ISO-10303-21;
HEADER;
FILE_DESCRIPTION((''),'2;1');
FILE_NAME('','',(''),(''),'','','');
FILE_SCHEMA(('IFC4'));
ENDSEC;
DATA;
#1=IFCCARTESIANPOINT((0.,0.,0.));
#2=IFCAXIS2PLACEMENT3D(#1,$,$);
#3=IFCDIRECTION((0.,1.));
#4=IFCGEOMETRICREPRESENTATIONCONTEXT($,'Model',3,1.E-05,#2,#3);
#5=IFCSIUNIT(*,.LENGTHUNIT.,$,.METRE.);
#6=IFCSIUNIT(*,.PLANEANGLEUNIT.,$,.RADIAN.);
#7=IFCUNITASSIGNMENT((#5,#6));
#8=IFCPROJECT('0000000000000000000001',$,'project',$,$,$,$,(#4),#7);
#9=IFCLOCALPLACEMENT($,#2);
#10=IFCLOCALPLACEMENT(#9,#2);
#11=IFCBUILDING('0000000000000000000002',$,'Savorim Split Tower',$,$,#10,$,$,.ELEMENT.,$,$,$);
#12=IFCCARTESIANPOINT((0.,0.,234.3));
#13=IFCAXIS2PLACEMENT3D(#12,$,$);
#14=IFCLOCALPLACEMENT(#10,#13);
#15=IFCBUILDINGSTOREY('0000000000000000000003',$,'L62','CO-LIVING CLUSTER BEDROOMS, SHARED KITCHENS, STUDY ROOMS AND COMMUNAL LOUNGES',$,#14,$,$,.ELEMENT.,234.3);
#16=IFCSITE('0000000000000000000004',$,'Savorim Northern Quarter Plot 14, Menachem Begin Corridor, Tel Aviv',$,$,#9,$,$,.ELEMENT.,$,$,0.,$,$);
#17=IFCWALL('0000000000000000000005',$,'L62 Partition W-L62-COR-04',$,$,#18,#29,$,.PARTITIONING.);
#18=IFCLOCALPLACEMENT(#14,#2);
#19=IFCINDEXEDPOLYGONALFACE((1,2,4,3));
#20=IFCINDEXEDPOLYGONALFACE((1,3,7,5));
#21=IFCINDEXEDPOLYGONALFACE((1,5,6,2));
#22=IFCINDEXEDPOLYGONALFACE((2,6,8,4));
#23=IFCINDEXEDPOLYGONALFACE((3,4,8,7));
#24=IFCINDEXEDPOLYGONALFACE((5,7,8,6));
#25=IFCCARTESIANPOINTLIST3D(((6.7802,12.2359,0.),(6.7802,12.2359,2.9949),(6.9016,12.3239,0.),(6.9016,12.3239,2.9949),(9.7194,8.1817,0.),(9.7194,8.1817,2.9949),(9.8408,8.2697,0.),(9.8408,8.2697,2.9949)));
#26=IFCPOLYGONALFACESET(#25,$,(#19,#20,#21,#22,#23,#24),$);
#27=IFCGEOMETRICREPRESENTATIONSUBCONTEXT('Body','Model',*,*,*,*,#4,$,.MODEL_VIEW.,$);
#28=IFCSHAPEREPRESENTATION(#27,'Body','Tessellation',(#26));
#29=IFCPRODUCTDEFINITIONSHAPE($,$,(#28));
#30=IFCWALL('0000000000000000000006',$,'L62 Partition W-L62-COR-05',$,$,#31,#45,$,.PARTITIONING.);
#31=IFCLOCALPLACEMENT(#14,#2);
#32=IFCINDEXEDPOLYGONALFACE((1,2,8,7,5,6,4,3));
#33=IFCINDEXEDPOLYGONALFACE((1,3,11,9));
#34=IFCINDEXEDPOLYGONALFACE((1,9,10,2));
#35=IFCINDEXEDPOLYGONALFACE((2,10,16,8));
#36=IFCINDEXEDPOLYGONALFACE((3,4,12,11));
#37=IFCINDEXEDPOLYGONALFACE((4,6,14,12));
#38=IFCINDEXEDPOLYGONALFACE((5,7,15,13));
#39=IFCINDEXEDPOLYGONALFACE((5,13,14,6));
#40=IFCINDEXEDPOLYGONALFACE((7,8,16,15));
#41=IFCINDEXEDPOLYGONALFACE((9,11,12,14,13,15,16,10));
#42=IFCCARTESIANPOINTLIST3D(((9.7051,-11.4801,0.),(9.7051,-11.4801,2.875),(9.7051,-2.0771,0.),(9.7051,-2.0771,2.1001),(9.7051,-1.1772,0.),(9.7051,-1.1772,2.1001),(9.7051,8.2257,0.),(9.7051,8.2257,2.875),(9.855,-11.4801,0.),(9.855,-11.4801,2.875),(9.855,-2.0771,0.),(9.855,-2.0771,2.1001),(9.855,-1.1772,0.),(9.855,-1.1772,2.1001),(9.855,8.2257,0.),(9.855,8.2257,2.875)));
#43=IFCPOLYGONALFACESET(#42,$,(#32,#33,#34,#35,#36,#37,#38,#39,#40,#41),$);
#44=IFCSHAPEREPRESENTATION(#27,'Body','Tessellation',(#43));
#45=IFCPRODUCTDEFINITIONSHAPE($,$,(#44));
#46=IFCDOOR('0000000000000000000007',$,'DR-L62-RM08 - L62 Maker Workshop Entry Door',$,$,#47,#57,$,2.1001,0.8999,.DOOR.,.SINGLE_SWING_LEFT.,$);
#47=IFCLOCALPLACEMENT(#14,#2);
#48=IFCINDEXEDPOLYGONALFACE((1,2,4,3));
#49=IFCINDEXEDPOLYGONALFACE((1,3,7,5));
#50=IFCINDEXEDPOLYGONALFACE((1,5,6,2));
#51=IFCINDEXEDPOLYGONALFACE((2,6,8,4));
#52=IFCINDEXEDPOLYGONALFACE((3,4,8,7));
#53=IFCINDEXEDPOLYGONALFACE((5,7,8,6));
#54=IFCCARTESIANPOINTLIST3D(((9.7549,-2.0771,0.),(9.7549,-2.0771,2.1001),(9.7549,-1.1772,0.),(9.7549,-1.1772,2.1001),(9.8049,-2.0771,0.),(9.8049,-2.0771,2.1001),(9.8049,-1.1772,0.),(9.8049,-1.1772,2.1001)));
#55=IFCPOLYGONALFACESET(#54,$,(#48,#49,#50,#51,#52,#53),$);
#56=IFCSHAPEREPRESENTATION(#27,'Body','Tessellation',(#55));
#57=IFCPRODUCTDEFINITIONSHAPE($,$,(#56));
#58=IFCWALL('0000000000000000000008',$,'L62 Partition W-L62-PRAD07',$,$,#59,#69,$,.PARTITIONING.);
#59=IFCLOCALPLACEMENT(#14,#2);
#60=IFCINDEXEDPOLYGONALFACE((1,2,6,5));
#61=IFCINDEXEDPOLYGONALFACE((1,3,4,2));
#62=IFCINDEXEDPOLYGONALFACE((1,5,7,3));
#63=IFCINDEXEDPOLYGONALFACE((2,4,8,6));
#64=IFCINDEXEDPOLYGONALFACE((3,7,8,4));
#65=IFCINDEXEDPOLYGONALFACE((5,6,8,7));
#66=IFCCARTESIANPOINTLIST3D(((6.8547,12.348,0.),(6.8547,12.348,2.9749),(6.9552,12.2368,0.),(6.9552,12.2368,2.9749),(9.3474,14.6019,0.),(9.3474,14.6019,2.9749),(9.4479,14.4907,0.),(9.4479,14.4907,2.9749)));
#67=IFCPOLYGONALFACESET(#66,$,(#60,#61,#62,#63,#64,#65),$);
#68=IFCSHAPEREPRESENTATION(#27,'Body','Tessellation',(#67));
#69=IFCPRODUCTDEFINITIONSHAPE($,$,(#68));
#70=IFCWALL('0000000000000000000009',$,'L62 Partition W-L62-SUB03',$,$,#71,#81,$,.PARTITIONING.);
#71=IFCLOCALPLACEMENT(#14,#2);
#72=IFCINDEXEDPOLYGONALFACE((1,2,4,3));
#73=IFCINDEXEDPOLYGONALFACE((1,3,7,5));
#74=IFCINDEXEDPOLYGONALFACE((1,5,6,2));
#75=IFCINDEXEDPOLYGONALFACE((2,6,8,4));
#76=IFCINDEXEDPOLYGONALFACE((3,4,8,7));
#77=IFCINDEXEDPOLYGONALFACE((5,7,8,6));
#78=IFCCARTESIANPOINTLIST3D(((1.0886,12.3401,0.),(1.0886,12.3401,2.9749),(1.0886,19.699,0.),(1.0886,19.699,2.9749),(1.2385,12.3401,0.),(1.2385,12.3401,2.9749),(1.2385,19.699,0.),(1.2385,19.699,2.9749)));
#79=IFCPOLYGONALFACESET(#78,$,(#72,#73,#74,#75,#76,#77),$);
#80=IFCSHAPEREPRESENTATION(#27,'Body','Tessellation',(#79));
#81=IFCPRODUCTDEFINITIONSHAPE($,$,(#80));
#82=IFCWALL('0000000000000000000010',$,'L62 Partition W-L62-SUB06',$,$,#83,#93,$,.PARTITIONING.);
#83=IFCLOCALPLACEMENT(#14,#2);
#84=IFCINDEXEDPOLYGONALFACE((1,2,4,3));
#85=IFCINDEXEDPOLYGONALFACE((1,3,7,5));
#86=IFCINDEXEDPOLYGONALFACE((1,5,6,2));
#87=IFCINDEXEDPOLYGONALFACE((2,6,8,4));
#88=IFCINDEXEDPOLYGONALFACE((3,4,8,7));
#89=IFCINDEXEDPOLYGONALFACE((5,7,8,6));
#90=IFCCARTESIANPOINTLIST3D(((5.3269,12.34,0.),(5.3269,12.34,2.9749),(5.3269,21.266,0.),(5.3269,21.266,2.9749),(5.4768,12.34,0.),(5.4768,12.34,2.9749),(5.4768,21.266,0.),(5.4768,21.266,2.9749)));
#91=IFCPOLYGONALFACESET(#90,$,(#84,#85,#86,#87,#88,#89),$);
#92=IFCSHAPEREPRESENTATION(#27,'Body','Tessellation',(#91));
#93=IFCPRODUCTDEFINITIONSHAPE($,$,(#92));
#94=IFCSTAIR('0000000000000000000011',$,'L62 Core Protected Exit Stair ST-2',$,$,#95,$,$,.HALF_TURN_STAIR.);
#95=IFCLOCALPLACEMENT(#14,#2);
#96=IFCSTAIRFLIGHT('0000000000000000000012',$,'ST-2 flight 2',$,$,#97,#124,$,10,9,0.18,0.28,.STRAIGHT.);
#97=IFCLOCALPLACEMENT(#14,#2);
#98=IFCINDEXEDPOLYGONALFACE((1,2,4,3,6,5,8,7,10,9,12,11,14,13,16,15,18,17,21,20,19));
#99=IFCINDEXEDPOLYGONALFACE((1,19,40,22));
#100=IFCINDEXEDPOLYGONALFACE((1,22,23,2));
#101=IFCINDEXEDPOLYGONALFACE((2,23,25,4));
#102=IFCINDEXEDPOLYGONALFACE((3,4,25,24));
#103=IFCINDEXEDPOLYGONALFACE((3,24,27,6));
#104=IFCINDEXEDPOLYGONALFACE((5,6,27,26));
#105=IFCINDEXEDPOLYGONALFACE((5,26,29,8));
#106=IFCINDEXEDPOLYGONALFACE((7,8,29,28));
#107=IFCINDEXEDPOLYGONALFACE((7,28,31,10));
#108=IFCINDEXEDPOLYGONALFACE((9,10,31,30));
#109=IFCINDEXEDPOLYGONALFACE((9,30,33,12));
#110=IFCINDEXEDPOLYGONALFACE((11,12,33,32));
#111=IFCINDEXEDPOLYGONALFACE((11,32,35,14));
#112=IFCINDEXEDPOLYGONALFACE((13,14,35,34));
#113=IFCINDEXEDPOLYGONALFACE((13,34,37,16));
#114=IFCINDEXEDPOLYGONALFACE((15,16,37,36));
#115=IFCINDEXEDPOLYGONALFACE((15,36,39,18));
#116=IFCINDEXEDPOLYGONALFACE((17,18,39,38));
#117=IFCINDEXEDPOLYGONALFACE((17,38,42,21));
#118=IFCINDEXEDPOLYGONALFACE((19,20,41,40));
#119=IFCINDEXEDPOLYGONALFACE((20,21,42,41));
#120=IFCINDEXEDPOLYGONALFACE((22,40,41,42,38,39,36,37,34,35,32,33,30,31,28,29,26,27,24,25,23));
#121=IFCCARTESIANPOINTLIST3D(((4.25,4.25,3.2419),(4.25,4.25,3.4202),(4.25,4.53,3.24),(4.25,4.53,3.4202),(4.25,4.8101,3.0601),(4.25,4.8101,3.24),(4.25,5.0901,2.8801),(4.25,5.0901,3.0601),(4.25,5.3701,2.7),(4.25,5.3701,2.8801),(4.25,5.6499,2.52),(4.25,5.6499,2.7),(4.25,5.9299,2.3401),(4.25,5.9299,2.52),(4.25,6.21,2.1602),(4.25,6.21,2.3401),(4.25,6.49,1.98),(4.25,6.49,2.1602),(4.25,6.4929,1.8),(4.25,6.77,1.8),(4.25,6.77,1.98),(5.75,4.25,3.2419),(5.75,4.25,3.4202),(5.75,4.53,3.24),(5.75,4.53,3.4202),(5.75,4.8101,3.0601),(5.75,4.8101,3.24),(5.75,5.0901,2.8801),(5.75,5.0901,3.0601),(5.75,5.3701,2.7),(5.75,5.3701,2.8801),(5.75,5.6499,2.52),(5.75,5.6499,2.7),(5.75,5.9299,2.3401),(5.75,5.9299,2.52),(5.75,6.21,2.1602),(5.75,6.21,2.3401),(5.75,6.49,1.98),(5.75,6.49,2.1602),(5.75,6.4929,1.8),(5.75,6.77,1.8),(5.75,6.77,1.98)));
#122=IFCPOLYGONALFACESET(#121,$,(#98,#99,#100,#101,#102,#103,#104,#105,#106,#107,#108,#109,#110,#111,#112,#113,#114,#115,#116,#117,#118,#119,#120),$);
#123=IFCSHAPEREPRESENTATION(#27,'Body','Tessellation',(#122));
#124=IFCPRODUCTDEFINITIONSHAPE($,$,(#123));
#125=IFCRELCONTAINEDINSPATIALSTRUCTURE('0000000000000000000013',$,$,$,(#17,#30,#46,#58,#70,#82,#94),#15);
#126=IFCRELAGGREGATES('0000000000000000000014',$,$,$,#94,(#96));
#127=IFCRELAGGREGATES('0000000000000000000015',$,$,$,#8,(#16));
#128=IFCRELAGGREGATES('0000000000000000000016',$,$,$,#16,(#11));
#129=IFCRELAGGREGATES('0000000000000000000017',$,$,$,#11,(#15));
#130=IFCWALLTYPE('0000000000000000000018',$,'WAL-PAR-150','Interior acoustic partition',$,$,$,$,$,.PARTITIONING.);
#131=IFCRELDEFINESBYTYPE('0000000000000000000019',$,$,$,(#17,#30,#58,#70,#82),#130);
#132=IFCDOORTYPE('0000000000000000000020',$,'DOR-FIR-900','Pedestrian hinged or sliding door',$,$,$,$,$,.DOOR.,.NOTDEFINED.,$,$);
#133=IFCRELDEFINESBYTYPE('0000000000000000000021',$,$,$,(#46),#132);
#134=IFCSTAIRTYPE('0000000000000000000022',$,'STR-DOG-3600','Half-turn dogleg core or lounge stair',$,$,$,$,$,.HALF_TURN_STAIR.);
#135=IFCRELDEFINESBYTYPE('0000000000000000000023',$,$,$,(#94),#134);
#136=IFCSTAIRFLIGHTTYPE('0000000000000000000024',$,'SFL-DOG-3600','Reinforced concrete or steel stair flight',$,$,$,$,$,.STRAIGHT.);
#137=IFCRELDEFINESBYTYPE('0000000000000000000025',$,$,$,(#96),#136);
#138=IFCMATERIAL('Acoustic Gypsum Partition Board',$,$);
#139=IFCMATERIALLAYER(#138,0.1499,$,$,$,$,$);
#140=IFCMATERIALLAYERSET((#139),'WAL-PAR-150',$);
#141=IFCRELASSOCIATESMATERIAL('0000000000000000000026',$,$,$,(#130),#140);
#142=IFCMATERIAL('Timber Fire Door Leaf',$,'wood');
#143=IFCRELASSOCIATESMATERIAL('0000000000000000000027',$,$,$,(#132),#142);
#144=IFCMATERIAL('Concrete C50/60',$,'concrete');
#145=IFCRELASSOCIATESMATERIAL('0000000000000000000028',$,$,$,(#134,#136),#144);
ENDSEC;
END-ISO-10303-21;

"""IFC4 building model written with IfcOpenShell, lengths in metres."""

from ifc_helpers import new_model, si_unit, direction, frame, frame_2d, origin, place, context, subcontext, project, spatial, polyline, rectangle, outline, extrude, material, layer, layer_set, type_object, element, fill, aggregate, save


model = new_model("IFC4")

# Units and contexts
model_context = context("Model", 3, precision=1e-05, world=origin(), true_north=direction((0.0, 1.0)))
body_context = subcontext(model_context, "Body", "Model", "MODEL_VIEW")
ifc_project = project(units=[si_unit("LENGTHUNIT", "METRE"), si_unit("PLANEANGLEUNIT", "RADIAN")], contexts=[model_context])

# Site, building, storey
site_placement = place(None, origin())
site = spatial("IfcSite", under=ifc_project, at=site_placement, Name="Savorim Northern Quarter Plot 14, Menachem Begin Corridor, Tel Aviv", CompositionType="ELEMENT", RefElevation=0.0)
building_placement = place(site_placement, origin())
building = spatial("IfcBuilding", under=site, at=building_placement, Name="Savorim Split Tower", CompositionType="ELEMENT")
storey_placement = place(building_placement, frame((0.0, 0.0, 234.3)))
storey = spatial("IfcBuildingStorey", under=building, at=storey_placement, Name="L62", Description="CO-LIVING CLUSTER BEDROOMS, SHARED KITCHENS, STUDY ROOMS AND COMMUNAL LOUNGES", CompositionType="ELEMENT", Elevation=234.3)

# Shared definitions
ifc_material_1 = material(Name="Timber Fire Door Leaf", Category="wood")

# Wall
ifc_material_2 = material(Name="Acoustic Gypsum Partition Board")
ifc_layer_1 = layer(ifc_material_2, 0.1499)
ifc_layer_set_1 = layer_set([ifc_layer_1], Name="WAL-PAR-150")
wall_type_1 = type_object("IfcWallType", Name="WAL-PAR-150", Description="Interior acoustic partition", PredefinedType="PARTITIONING", material=ifc_layer_set_1)
wall_1_placement = place(storey_placement, frame((6.8408, 12.28, 0.0), z_axis=(0.0, 0.0, 1.0), x_axis=(0.586956, -0.809619, 0.0)))
element("IfcWall", 1, at=wall_1_placement, inside=storey, type_object=wall_type_1, Name="L62 Partition W-L62-COR-04", PredefinedType="PARTITIONING", context=body_context, shape_type="SweptSolid", body=[
    extrude(rectangle(XDim=5.0076, YDim=0.1499, at=frame_2d((2.5039, 0.0))), origin(), (0.0, 0.0, 1.0), 2.9949),
])

# Wall, opening, door
wall_2_placement = place(storey_placement, frame((9.78, 8.2258, 0.0), z_axis=(0.0, 0.0, 1.0), x_axis=(0.0, -1.0, 0.0)))
wall_2 = element("IfcWall", 2, at=wall_2_placement, inside=storey, type_object=wall_type_1, Name="L62 Partition W-L62-COR-05", PredefinedType="PARTITIONING", context=body_context, shape_type="SweptSolid", body=[
    extrude(rectangle(XDim=19.7058, YDim=0.1499, at=frame_2d((9.853, 0.0))), origin(), (0.0, 0.0, 1.0), 2.875),
])
opening_1_placement = place(wall_2_placement, frame((9.4031, 0.0, 0.0)))
opening_1 = element("IfcOpeningElement", 3, at=opening_1_placement, cuts=wall_2, PredefinedType="OPENING", context=body_context, shape_type="SweptSolid", body=[
    extrude(rectangle(XDim=0.8999, YDim=2.1001, at=frame_2d((0.45, 1.05))), frame((0.0, 0.085, 0.0), z_axis=(0.0, -1.0, 0.0), x_axis=(1.0, 0.0, 0.0)), (0.0, 0.0, 1.0), 0.1699),
])
door_type_1 = type_object("IfcDoorType", Name="DOR-FIR-900", Description="Pedestrian hinged or sliding door", OperationType="NOTDEFINED", PredefinedType="DOOR", material=ifc_material_1)
door_1_placement = place(opening_1_placement, origin())
door_1 = element("IfcDoor", 4, at=door_1_placement, inside=storey, type_object=door_type_1, Name="DR-L62-RM08 - L62 Maker Workshop Entry Door", OperationType="SINGLE_SWING_LEFT", OverallHeight=2.1001, OverallWidth=0.8999, PredefinedType="DOOR", context=body_context, shape_type="SweptSolid", body=[
    extrude(rectangle(XDim=0.8999, YDim=2.1001, at=frame_2d((0.45, 1.05))), frame((0.0, 0.0249, 0.0), z_axis=(0.0, -1.0, 0.0), x_axis=(1.0, 0.0, 0.0)), (0.0, 0.0, 1.0), 0.05),
])
fill(opening_1, door_1)

# Walls
wall_3_placement = place(storey_placement, frame((6.905, 12.2925, 0.0), z_axis=(0.0, 0.0, 1.0), x_axis=(0.741739, 0.670689, 0.0)))
element("IfcWall", 5, at=wall_3_placement, inside=storey, type_object=wall_type_1, Name="L62 Partition W-L62-PRAD07", PredefinedType="PARTITIONING", context=body_context, shape_type="SweptSolid", body=[
    extrude(rectangle(XDim=3.3606, YDim=0.1499, at=frame_2d((1.6802, 0.0))), origin(), (0.0, 0.0, 1.0), 2.9749),
])
wall_4_placement = place(storey_placement, frame((1.1636, 12.3401, 0.0), z_axis=(0.0, 0.0, 1.0), x_axis=(0.0, 1.0, 0.0)))
element("IfcWall", 6, at=wall_4_placement, inside=storey, type_object=wall_type_1, Name="L62 Partition W-L62-SUB03", PredefinedType="PARTITIONING", context=body_context, shape_type="SweptSolid", body=[
    extrude(rectangle(XDim=7.3589, YDim=0.1499, at=frame_2d((3.6794, 0.0))), origin(), (0.0, 0.0, 1.0), 2.9749),
])
wall_5_placement = place(storey_placement, frame((5.4019, 12.3401, 0.0), z_axis=(0.0, 0.0, 1.0), x_axis=(0.0, 1.0, 0.0)))
element("IfcWall", 7, at=wall_5_placement, inside=storey, type_object=wall_type_1, Name="L62 Partition W-L62-SUB06", PredefinedType="PARTITIONING", context=body_context, shape_type="SweptSolid", body=[
    extrude(rectangle(XDim=8.926, YDim=0.1499, at=frame_2d((4.4629, 0.0))), origin(), (0.0, 0.0, 1.0), 2.9749),
])

# Stair, stair flight
ifc_material_3 = material(Name="Concrete C50/60", Category="concrete")
stair_type = type_object("IfcStairType", Name="STR-DOG-3600", Description="Half-turn dogleg core or lounge stair", PredefinedType="HALF_TURN_STAIR", material=ifc_material_3)
stair_placement = place(storey_placement, origin())
stair = element("IfcStair", 8, at=stair_placement, inside=storey, type_object=stair_type, Name="L62 Core Protected Exit Stair ST-2", PredefinedType="HALF_TURN_STAIR")
stair_flight_type = type_object("IfcStairFlightType", Name="SFL-DOG-3600", Description="Reinforced concrete or steel stair flight", PredefinedType="STRAIGHT", material=ifc_material_3)
stair_flight_placement = place(storey_placement, frame((5.0, 6.77, 1.8), z_axis=(0.0, 0.0, 1.0), x_axis=(0.0, -1.0, 0.0)))
stair_flight = element("IfcStairFlight", 9, at=stair_flight_placement, type_object=stair_flight_type, Name="ST-2 flight 2", NumberOfRisers=10, NumberOfTreads=9, PredefinedType="STRAIGHT", RiserHeight=0.18, TreadLength=0.28, context=body_context, shape_type="SweptSolid", body=[
    extrude(outline(polyline([(0.0, 0.0), (0.0, 0.1799), (0.28, 0.1799), (0.28, 0.3601), (0.5601, 0.3601), (0.5601, 0.54), (0.8401, 0.54), (0.8401, 0.72), (1.1201, 0.72), (1.1201, 0.8999), (1.3999, 0.8999), (1.3999, 1.0801), (1.6799, 1.0801), (1.6799, 1.26), (1.96, 1.26), (1.96, 1.4399), (2.24, 1.4399), (2.24, 1.6201), (2.52, 1.6201), (2.52, 1.8), (2.52, 1.4419), (0.2771, 0.0), (0.0, 0.0)])), frame((0.0, 0.75, 0.0), z_axis=(0.0, -1.0, 0.0), x_axis=(1.0, 0.0, 0.0)), (0.0, 0.0, 1.0), 1.5),
])
aggregate(stair, [stair_flight])

save(model, "model.ifc")
